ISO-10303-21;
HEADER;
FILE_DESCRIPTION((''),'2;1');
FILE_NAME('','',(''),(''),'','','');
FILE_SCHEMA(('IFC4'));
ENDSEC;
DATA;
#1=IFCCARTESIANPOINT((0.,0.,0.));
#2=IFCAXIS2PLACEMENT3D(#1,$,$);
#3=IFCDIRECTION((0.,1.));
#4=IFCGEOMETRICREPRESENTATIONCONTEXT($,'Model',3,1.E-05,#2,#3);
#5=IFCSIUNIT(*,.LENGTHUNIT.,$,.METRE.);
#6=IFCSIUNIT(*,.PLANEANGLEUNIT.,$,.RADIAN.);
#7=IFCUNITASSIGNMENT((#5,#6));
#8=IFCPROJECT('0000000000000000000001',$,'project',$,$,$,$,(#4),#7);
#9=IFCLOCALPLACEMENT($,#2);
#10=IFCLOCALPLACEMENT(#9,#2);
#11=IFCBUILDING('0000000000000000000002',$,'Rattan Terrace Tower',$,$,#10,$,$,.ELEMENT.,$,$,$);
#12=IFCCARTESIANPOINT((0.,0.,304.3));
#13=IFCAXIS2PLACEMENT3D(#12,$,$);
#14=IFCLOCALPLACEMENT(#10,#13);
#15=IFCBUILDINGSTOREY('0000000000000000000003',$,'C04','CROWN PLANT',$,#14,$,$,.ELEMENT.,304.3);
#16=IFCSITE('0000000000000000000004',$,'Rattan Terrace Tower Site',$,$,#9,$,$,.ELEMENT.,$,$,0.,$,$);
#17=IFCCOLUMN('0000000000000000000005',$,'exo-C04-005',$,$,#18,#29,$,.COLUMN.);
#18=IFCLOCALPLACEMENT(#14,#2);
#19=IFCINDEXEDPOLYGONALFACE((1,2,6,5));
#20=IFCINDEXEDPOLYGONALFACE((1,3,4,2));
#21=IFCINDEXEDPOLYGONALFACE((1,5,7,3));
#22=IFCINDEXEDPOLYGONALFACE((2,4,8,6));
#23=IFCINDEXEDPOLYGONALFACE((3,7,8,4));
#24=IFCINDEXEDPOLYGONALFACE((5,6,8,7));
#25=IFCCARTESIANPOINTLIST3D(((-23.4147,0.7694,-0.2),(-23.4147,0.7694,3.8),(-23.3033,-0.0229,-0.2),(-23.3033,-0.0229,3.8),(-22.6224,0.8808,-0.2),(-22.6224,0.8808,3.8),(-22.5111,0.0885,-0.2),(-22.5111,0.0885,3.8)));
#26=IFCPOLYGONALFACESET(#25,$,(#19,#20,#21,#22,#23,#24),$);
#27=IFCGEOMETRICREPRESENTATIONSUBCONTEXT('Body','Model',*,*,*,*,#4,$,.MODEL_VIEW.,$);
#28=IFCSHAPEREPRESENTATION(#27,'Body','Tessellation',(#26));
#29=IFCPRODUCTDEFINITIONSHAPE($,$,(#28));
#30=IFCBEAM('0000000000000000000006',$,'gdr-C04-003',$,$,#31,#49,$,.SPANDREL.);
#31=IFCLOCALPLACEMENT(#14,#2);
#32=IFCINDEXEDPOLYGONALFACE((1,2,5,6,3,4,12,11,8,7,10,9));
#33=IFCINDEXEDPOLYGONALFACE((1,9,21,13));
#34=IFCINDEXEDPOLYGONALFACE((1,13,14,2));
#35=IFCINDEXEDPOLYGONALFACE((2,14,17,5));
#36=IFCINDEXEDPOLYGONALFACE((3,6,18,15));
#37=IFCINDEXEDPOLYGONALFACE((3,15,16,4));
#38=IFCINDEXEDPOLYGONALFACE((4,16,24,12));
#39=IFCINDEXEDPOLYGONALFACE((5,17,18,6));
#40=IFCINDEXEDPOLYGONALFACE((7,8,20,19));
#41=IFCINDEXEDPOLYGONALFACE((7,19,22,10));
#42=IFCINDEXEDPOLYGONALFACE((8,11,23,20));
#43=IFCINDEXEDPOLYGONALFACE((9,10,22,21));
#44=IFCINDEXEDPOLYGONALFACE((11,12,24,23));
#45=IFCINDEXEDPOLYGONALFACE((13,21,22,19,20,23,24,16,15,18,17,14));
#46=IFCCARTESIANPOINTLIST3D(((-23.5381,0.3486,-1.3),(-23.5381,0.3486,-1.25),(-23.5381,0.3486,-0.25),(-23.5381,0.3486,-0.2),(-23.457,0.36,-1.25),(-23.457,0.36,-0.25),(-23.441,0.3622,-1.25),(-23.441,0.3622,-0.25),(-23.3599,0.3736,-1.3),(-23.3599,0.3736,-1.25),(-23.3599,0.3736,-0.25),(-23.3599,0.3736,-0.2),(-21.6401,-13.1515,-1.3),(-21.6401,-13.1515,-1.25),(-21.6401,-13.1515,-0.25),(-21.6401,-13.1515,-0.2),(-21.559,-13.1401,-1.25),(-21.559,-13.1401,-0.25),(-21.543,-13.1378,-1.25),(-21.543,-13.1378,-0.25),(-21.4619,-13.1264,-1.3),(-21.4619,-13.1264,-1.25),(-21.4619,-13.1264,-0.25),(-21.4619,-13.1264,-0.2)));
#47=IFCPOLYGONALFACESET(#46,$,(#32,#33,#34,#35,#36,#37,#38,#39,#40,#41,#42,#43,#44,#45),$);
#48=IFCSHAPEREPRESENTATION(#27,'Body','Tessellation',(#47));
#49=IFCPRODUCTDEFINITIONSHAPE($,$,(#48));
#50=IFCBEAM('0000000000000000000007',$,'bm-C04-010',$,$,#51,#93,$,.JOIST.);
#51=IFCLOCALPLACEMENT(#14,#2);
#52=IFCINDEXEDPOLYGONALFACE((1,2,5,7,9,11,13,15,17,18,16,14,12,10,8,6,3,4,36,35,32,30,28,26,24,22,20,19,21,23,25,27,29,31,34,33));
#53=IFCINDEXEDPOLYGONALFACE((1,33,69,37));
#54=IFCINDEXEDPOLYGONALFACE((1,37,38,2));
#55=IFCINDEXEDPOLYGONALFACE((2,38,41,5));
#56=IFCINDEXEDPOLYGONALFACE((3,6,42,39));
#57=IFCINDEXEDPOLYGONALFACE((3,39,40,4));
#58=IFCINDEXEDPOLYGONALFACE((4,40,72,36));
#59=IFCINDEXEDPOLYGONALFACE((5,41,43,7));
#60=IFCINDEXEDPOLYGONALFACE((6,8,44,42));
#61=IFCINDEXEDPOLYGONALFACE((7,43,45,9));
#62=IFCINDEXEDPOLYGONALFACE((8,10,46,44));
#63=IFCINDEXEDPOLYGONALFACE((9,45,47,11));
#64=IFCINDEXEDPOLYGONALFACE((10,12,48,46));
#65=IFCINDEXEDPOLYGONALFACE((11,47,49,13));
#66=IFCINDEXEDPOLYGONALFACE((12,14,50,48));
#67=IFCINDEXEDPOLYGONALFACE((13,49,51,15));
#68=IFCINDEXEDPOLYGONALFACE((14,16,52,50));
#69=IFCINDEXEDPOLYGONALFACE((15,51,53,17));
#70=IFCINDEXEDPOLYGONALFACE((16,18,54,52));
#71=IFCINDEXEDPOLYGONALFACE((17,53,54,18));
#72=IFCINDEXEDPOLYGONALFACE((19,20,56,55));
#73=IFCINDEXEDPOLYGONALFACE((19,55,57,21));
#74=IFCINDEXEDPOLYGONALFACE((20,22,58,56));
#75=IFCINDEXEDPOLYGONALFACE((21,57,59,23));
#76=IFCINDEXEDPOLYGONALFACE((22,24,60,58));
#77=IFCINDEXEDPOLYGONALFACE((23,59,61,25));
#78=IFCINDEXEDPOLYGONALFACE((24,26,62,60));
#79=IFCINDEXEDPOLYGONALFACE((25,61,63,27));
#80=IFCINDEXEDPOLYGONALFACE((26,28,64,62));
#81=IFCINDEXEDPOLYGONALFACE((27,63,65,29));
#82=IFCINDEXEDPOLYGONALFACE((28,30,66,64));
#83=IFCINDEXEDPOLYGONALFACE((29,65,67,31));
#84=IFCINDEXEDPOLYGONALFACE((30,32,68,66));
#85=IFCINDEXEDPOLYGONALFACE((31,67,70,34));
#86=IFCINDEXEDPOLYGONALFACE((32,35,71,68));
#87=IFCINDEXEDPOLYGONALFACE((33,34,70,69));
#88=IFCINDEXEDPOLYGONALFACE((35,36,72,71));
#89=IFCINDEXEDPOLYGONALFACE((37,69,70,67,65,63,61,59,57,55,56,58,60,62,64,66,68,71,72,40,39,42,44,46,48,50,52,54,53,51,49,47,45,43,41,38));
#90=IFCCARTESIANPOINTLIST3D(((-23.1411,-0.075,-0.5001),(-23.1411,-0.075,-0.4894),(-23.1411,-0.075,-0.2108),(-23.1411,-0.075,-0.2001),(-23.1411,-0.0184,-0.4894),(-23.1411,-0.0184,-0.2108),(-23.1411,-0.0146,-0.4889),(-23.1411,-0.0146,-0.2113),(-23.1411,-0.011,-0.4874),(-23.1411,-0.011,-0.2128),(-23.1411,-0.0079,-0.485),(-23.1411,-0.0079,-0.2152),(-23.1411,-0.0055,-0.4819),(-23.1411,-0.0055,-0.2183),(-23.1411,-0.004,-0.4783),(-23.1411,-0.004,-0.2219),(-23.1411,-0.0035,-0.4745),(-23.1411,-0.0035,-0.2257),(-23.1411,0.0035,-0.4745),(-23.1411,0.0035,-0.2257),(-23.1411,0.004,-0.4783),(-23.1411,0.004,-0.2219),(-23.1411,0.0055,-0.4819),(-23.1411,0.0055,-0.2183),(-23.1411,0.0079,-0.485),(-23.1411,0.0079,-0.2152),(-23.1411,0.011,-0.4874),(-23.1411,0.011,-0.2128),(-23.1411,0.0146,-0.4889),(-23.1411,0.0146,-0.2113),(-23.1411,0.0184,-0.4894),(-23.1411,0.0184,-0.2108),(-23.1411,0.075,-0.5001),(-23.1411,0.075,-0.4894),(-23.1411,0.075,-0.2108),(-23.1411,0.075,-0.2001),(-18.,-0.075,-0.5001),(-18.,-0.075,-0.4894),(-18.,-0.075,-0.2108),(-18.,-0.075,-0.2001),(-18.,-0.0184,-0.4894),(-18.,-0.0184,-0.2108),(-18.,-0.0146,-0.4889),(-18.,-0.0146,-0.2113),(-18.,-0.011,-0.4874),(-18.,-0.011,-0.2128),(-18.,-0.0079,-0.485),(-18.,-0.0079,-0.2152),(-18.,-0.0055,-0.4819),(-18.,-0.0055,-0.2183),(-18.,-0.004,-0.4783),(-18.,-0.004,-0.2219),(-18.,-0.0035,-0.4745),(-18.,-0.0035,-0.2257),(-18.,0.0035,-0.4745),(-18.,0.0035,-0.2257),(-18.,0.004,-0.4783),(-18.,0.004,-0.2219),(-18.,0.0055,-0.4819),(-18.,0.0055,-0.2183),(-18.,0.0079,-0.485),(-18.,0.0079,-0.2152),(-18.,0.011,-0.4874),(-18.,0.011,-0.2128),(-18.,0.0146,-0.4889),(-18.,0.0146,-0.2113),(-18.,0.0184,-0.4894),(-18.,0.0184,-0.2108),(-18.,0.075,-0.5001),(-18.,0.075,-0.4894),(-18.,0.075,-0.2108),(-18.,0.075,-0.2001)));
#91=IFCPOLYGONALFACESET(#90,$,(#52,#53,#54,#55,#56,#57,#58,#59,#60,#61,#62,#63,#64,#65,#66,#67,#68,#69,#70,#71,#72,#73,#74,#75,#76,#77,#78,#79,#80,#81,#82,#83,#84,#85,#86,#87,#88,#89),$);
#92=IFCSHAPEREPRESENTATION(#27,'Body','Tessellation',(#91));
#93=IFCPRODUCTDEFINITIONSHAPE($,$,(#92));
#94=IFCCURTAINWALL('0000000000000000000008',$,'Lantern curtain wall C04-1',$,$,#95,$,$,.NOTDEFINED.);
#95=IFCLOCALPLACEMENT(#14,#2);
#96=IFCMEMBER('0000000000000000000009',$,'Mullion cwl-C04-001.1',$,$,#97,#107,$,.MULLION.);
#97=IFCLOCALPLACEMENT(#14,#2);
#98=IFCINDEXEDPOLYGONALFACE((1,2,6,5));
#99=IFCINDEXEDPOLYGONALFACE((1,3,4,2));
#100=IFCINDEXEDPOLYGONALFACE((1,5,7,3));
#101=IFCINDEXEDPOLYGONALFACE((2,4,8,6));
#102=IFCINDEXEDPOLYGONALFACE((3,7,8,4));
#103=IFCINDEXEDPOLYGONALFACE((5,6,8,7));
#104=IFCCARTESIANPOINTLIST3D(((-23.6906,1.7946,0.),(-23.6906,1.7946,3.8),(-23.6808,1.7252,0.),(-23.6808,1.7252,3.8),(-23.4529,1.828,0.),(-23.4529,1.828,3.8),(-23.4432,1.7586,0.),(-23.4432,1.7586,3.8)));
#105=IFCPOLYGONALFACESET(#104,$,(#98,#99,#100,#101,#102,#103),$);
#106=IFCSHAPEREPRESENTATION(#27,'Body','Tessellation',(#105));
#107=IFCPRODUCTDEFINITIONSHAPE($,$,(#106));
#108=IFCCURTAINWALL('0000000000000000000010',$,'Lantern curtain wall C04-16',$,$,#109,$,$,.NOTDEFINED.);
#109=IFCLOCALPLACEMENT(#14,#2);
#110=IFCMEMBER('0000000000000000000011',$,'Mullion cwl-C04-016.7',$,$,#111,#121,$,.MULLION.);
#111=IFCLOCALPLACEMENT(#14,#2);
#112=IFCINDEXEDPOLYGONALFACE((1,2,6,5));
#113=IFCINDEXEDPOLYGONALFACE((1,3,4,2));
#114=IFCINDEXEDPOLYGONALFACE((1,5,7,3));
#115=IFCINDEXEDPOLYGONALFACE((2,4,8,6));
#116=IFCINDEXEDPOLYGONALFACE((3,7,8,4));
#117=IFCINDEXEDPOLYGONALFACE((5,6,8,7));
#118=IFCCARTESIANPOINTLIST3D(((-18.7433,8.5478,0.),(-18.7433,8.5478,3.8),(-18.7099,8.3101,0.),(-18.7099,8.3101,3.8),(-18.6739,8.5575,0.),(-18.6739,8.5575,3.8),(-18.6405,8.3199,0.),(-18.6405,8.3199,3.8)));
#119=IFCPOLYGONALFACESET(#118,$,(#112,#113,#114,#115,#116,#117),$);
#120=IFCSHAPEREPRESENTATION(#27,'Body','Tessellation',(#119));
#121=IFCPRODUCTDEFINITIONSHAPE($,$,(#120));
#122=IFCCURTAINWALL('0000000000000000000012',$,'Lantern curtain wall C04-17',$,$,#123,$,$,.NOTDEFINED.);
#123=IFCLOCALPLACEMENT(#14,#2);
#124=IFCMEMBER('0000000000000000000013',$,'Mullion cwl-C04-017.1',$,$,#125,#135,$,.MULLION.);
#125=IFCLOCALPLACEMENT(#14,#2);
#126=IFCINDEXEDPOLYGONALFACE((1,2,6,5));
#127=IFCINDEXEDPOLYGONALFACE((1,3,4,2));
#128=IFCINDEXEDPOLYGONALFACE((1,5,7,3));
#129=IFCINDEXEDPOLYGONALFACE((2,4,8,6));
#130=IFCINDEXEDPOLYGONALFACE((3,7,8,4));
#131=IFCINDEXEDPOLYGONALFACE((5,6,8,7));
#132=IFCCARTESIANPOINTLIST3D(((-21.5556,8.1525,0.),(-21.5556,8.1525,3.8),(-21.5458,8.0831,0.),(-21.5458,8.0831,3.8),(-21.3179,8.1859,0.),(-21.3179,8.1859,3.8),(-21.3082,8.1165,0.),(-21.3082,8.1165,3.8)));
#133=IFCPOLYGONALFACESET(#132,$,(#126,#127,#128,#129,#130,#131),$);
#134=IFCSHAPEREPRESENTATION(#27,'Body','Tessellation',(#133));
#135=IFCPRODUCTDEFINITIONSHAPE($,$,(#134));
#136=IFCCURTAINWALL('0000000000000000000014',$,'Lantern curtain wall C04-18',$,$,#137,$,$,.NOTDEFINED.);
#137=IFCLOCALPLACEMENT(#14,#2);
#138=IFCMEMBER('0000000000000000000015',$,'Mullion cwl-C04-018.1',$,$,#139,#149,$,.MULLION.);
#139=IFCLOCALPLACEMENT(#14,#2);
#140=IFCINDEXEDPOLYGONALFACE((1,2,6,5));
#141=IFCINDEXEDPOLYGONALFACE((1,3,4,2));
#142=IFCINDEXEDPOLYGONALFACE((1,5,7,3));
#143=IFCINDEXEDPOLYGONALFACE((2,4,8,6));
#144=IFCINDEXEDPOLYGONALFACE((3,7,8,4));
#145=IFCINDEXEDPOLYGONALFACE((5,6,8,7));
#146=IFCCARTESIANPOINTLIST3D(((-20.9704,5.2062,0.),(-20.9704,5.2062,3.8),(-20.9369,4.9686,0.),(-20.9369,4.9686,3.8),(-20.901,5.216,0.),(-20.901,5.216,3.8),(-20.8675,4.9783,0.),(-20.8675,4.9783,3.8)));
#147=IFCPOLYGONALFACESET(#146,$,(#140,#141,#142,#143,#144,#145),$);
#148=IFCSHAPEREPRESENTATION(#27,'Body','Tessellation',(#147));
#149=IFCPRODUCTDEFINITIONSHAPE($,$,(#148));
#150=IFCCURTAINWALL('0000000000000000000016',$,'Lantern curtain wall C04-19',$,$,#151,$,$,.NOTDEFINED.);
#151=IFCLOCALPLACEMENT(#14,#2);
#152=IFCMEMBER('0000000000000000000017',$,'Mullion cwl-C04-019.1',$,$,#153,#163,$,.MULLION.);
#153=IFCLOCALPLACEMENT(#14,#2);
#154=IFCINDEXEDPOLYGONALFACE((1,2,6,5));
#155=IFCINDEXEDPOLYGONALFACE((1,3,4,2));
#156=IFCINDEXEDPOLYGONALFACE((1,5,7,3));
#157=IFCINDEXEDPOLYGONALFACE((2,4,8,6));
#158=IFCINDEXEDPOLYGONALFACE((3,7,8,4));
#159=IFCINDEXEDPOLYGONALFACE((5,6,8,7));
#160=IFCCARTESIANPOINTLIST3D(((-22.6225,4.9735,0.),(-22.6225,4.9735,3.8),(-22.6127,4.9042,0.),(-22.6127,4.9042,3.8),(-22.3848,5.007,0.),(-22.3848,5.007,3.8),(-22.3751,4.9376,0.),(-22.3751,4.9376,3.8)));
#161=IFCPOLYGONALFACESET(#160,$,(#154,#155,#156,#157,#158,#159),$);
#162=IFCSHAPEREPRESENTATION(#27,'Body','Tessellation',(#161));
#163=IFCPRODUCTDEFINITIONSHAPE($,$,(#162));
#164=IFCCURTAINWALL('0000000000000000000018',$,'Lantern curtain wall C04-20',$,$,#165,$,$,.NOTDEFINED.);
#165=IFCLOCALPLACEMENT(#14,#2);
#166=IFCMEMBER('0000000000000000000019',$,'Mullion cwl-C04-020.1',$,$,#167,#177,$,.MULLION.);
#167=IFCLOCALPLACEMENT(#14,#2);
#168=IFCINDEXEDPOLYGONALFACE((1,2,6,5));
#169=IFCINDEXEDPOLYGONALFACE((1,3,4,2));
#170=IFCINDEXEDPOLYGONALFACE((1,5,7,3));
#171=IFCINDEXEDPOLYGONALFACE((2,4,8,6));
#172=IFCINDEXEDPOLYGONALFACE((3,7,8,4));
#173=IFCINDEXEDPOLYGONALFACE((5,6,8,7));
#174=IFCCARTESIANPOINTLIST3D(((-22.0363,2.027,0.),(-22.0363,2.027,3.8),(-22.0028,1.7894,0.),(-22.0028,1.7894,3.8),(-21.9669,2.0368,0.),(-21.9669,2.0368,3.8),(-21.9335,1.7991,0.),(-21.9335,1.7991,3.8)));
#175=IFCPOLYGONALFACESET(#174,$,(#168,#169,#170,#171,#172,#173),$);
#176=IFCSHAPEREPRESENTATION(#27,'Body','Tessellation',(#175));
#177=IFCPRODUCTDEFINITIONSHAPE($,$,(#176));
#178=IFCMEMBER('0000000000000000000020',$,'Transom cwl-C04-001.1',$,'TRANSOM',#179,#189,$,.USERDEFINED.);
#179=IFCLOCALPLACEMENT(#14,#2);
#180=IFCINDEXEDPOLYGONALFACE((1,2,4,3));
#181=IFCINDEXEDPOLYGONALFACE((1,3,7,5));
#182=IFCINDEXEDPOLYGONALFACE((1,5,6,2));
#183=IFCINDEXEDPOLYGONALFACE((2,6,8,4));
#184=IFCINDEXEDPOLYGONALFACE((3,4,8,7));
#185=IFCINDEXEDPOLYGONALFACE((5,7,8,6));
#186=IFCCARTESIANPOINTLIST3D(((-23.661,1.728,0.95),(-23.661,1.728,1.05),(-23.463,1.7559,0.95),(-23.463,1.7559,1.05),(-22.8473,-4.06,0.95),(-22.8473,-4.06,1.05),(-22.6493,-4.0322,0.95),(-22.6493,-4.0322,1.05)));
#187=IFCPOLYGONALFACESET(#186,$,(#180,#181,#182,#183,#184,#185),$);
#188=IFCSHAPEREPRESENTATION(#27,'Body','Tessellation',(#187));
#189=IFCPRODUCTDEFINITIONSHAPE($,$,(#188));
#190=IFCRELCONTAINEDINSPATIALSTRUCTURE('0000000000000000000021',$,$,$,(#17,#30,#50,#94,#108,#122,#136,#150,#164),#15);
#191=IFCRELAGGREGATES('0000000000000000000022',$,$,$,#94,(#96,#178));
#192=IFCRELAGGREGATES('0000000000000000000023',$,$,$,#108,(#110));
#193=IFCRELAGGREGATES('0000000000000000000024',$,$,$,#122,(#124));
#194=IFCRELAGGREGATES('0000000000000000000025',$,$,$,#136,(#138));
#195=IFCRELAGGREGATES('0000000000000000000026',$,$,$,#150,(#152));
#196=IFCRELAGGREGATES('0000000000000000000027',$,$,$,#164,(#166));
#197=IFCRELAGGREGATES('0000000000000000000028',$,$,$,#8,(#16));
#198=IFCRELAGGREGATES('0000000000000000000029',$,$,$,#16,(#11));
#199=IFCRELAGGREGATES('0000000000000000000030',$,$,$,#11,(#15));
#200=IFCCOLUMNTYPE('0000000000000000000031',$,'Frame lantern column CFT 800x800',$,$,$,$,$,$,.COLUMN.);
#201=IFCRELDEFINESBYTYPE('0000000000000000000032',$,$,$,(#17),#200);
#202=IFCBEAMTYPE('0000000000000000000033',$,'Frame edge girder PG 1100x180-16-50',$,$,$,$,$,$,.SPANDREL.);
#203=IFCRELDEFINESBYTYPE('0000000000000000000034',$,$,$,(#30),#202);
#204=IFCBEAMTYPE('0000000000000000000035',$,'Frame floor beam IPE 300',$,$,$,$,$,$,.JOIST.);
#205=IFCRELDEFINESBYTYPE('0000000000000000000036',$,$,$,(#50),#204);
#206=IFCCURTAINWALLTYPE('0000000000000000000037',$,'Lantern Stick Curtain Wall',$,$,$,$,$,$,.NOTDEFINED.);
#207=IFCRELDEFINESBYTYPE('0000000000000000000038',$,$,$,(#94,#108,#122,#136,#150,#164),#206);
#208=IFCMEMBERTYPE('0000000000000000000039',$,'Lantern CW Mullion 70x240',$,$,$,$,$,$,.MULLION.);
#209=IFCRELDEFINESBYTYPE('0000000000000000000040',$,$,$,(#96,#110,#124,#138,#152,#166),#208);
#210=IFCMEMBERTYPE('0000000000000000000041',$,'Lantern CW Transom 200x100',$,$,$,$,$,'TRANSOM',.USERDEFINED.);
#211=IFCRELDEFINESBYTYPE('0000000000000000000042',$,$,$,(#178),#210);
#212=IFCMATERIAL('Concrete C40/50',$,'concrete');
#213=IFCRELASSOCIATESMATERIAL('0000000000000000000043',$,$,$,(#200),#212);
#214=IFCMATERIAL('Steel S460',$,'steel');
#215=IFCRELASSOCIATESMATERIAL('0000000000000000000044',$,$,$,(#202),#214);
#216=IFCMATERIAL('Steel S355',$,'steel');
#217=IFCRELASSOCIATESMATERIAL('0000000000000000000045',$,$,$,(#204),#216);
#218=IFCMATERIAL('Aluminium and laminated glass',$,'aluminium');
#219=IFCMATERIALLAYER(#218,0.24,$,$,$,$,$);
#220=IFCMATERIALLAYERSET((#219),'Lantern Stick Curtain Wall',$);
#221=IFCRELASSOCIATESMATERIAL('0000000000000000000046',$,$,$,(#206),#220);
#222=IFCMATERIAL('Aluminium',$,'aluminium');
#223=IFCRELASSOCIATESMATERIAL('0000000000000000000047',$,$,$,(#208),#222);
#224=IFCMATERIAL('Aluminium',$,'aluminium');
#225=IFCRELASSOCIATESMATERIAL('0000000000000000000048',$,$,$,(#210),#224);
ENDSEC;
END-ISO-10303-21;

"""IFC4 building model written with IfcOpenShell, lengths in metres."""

from ifc_helpers import new_model, si_unit, direction, frame, origin, origin_2d, place, context, subcontext, project, spatial, rectangle, i_section, extrude, material, layer, layer_set, material_profile, profile_set, type_object, element, aggregate, save


model = new_model("IFC4")

# Units and contexts
model_context = context("Model", 3, precision=1e-05, world=origin(), true_north=direction((0.0, 1.0)))
body_context = subcontext(model_context, "Body", "Model", "MODEL_VIEW")
ifc_project = project(units=[si_unit("LENGTHUNIT", "METRE"), si_unit("PLANEANGLEUNIT", "RADIAN")], contexts=[model_context])

# Site, building, storey
site_placement = place(None, origin())
site = spatial("IfcSite", under=ifc_project, at=site_placement, Name="Rattan Terrace Tower Site", CompositionType="ELEMENT", RefElevation=0.0)
building_placement = place(site_placement, origin())
building = spatial("IfcBuilding", under=site, at=building_placement, Name="Rattan Terrace Tower", CompositionType="ELEMENT")
storey_placement = place(building_placement, frame((0.0, 0.0, 304.3)))
storey = spatial("IfcBuildingStorey", under=building, at=storey_placement, Name="C04", Description="CROWN PLANT", CompositionType="ELEMENT", Elevation=304.3)

# Column
ifc_material_1 = material(Name="Concrete C40/50", Category="concrete")
ifc_material_profile_1 = material_profile(ifc_material_1, rectangle(XDim=0.8, YDim=0.8, at=origin_2d()), Name="CFT 800x800")
ifc_profile_set_1 = profile_set([ifc_material_profile_1], Name="Concrete C40/50")
column_type = type_object("IfcColumnType", Name="Frame lantern column CFT 800x800", PredefinedType="COLUMN", material=ifc_profile_set_1)
column_placement = place(storey_placement, frame((-22.9629, 0.429, -0.2), z_axis=(0.0, 0.0, 1.0), x_axis=(-0.13919, 0.990266, 0.0)))
element("IfcColumn", 1, at=column_placement, inside=storey, type_object=column_type, Name="exo-C04-005", PredefinedType="COLUMN", context=body_context, shape_type="SweptSolid", body=[
    extrude(rectangle(XDim=0.8, YDim=0.8, at=origin_2d()), origin(), (0.0, 0.0, 1.0), 4.0),
])

# Beams
ifc_material_2 = material(Name="Steel S460", Category="steel")
ifc_material_profile_2 = material_profile(ifc_material_2, i_section(OverallWidth=0.1799, OverallDepth=1.1001, WebThickness=0.0161, FlangeThickness=0.05, at=origin_2d()), Name="PG 1100x180-16-50")
ifc_profile_set_2 = profile_set([ifc_material_profile_2], Name="Steel S460")
beam_type_1 = type_object("IfcBeamType", Name="Frame edge girder PG 1100x180-16-50", PredefinedType="SPANDREL", material=ifc_profile_set_2)
beam_1_placement = place(storey_placement, frame((-23.449, 0.3611, -0.75), z_axis=(0.13922, -0.990262, 0.0), x_axis=(0.990262, 0.13922, 0.0)))
element("IfcBeam", 2, at=beam_1_placement, inside=storey, type_object=beam_type_1, Name="gdr-C04-003", PredefinedType="SPANDREL", context=body_context, shape_type="SweptSolid", body=[
    extrude(i_section(OverallWidth=0.1799, OverallDepth=1.1001, WebThickness=0.0161, FlangeThickness=0.05, at=origin_2d()), origin(), (0.0, 0.0, 1.0), 13.6328),
])
ifc_material_3 = material(Name="Steel S355", Category="steel")
ifc_material_profile_3 = material_profile(ifc_material_3, i_section(OverallWidth=0.1499, OverallDepth=0.3, WebThickness=0.0071, FlangeThickness=0.0107, FilletRadius=0.0149, at=origin_2d()), Name="IPE 300")
ifc_profile_set_3 = profile_set([ifc_material_profile_3], Name="Steel S355")
beam_type_2 = type_object("IfcBeamType", Name="Frame floor beam IPE 300", PredefinedType="JOIST", material=ifc_profile_set_3)
beam_2_placement = place(storey_placement, frame((-23.1411, 0.0, -0.3501), z_axis=(1.0, 0.0, 0.0), x_axis=(0.0, 1.0, 0.0)))
element("IfcBeam", 3, at=beam_2_placement, inside=storey, type_object=beam_type_2, Name="bm-C04-010", PredefinedType="JOIST", context=body_context, shape_type="SweptSolid", body=[
    extrude(i_section(OverallWidth=0.1499, OverallDepth=0.3, WebThickness=0.0071, FlangeThickness=0.0107, FilletRadius=0.0149, at=origin_2d()), origin(), (0.0, 0.0, 1.0), 5.1411),
])

# Curtain walls, members
ifc_material_4 = material(Name="Aluminium and laminated glass", Category="aluminium")
ifc_layer_1 = layer(ifc_material_4, 0.24)
ifc_layer_set_1 = layer_set([ifc_layer_1], Name="Lantern Stick Curtain Wall")
curtain_wall_type = type_object("IfcCurtainWallType", Name="Lantern Stick Curtain Wall", PredefinedType="NOTDEFINED", material=ifc_layer_set_1)
curtain_wall_1_placement = place(storey_placement, origin())
curtain_wall_1 = element("IfcCurtainWall", 4, at=curtain_wall_1_placement, inside=storey, type_object=curtain_wall_type, Name="Lantern curtain wall C04-1", PredefinedType="NOTDEFINED")
ifc_material_5 = material(Name="Aluminium", Category="aluminium")
ifc_material_profile_4 = material_profile(ifc_material_5, rectangle(XDim=0.0701, YDim=0.24, at=origin_2d()), Name="Aluminium 70x240")
ifc_profile_set_4 = profile_set([ifc_material_profile_4], Name="Aluminium")
member_type_1 = type_object("IfcMemberType", Name="Lantern CW Mullion 70x240", PredefinedType="MULLION", material=ifc_profile_set_4)
member_1_placement = place(storey_placement, frame((-23.5669, 1.7766, 0.0), z_axis=(0.0, 0.0, 1.0), x_axis=(0.139188, -0.990266, 0.0)))
member_1 = element("IfcMember", 5, at=member_1_placement, type_object=member_type_1, Name="Mullion cwl-C04-001.1", PredefinedType="MULLION", context=body_context, shape_type="SweptSolid", body=[
    extrude(rectangle(XDim=0.0701, YDim=0.24, at=origin_2d()), origin(), (0.0, 0.0, 1.0), 3.8),
])
curtain_wall_2_placement = place(storey_placement, origin())
curtain_wall_2 = element("IfcCurtainWall", 6, at=curtain_wall_2_placement, inside=storey, type_object=curtain_wall_type, Name="Lantern curtain wall C04-16", PredefinedType="NOTDEFINED")
member_2_placement = place(storey_placement, frame((-18.6919, 8.4338, 0.0), z_axis=(0.0, 0.0, 1.0), x_axis=(-0.990267, -0.139181, 0.0)))
member_2 = element("IfcMember", 7, at=member_2_placement, type_object=member_type_1, Name="Mullion cwl-C04-016.7", PredefinedType="MULLION", context=body_context, shape_type="SweptSolid", body=[
    extrude(rectangle(XDim=0.0701, YDim=0.24, at=origin_2d()), origin(), (0.0, 0.0, 1.0), 3.8),
])
curtain_wall_3_placement = place(storey_placement, origin())
curtain_wall_3 = element("IfcCurtainWall", 8, at=curtain_wall_3_placement, inside=storey, type_object=curtain_wall_type, Name="Lantern curtain wall C04-17", PredefinedType="NOTDEFINED")
member_3_placement = place(storey_placement, frame((-21.4319, 8.1345, 0.0), z_axis=(0.0, 0.0, 1.0), x_axis=(0.13904, -0.990287, 0.0)))
member_3 = element("IfcMember", 9, at=member_3_placement, type_object=member_type_1, Name="Mullion cwl-C04-017.1", PredefinedType="MULLION", context=body_context, shape_type="SweptSolid", body=[
    extrude(rectangle(XDim=0.0701, YDim=0.24, at=origin_2d()), origin(), (0.0, 0.0, 1.0), 3.8),
])
curtain_wall_4_placement = place(storey_placement, origin())
curtain_wall_4 = element("IfcCurtainWall", 10, at=curtain_wall_4_placement, inside=storey, type_object=curtain_wall_type, Name="Lantern curtain wall C04-18", PredefinedType="NOTDEFINED")
member_4_placement = place(storey_placement, frame((-20.9189, 5.0923, 0.0), z_axis=(0.0, 0.0, 1.0), x_axis=(-0.990228, -0.139459, 0.0)))
member_4 = element("IfcMember", 11, at=member_4_placement, type_object=member_type_1, Name="Mullion cwl-C04-018.1", PredefinedType="MULLION", context=body_context, shape_type="SweptSolid", body=[
    extrude(rectangle(XDim=0.0701, YDim=0.24, at=origin_2d()), origin(), (0.0, 0.0, 1.0), 3.8),
])
curtain_wall_5_placement = place(storey_placement, origin())
curtain_wall_5 = element("IfcCurtainWall", 12, at=curtain_wall_5_placement, inside=storey, type_object=curtain_wall_type, Name="Lantern curtain wall C04-19", PredefinedType="NOTDEFINED")
member_5_placement = place(storey_placement, frame((-22.4988, 4.9556, 0.0), z_axis=(0.0, 0.0, 1.0), x_axis=(0.139367, -0.990241, 0.0)))
member_5 = element("IfcMember", 13, at=member_5_placement, type_object=member_type_1, Name="Mullion cwl-C04-019.1", PredefinedType="MULLION", context=body_context, shape_type="SweptSolid", body=[
    extrude(rectangle(XDim=0.0701, YDim=0.24, at=origin_2d()), origin(), (0.0, 0.0, 1.0), 3.8),
])
curtain_wall_6_placement = place(storey_placement, origin())
curtain_wall_6 = element("IfcCurtainWall", 14, at=curtain_wall_6_placement, inside=storey, type_object=curtain_wall_type, Name="Lantern curtain wall C04-20", PredefinedType="NOTDEFINED")
member_6_placement = place(storey_placement, frame((-21.9849, 1.9131, 0.0), z_axis=(0.0, 0.0, 1.0), x_axis=(-0.990254, -0.139275, 0.0)))
member_6 = element("IfcMember", 15, at=member_6_placement, type_object=member_type_1, Name="Mullion cwl-C04-020.1", PredefinedType="MULLION", context=body_context, shape_type="SweptSolid", body=[
    extrude(rectangle(XDim=0.0701, YDim=0.24, at=origin_2d()), origin(), (0.0, 0.0, 1.0), 3.8),
])

# Member
ifc_material_6 = material(Name="Aluminium", Category="aluminium")
ifc_material_profile_5 = material_profile(ifc_material_6, rectangle(XDim=0.2, YDim=0.1001, at=origin_2d()), Name="Aluminium 200x100")
ifc_profile_set_5 = profile_set([ifc_material_profile_5], Name="Aluminium")
member_type_2 = type_object("IfcMemberType", Name="Lantern CW Transom 200x100", ElementType="TRANSOM", PredefinedType="USERDEFINED", material=ifc_profile_set_5)
member_7_placement = place(storey_placement, frame((-23.562, 1.7419, 1.0), z_axis=(0.139216, -0.990262, 0.0), x_axis=(0.990262, 0.139216, 0.0)))
member_7 = element("IfcMember", 16, at=member_7_placement, type_object=member_type_2, Name="Transom cwl-C04-001.1", ObjectType="TRANSOM", PredefinedType="USERDEFINED", context=body_context, shape_type="SweptSolid", body=[
    extrude(rectangle(XDim=0.2, YDim=0.1001, at=origin_2d()), origin(), (0.0, 0.0, 1.0), 5.845),
])

aggregate(curtain_wall_1, [member_1, member_7])
aggregate(curtain_wall_2, [member_2])
aggregate(curtain_wall_3, [member_3])
aggregate(curtain_wall_4, [member_4])
aggregate(curtain_wall_5, [member_5])
aggregate(curtain_wall_6, [member_6])

save(model, "model.ifc")
